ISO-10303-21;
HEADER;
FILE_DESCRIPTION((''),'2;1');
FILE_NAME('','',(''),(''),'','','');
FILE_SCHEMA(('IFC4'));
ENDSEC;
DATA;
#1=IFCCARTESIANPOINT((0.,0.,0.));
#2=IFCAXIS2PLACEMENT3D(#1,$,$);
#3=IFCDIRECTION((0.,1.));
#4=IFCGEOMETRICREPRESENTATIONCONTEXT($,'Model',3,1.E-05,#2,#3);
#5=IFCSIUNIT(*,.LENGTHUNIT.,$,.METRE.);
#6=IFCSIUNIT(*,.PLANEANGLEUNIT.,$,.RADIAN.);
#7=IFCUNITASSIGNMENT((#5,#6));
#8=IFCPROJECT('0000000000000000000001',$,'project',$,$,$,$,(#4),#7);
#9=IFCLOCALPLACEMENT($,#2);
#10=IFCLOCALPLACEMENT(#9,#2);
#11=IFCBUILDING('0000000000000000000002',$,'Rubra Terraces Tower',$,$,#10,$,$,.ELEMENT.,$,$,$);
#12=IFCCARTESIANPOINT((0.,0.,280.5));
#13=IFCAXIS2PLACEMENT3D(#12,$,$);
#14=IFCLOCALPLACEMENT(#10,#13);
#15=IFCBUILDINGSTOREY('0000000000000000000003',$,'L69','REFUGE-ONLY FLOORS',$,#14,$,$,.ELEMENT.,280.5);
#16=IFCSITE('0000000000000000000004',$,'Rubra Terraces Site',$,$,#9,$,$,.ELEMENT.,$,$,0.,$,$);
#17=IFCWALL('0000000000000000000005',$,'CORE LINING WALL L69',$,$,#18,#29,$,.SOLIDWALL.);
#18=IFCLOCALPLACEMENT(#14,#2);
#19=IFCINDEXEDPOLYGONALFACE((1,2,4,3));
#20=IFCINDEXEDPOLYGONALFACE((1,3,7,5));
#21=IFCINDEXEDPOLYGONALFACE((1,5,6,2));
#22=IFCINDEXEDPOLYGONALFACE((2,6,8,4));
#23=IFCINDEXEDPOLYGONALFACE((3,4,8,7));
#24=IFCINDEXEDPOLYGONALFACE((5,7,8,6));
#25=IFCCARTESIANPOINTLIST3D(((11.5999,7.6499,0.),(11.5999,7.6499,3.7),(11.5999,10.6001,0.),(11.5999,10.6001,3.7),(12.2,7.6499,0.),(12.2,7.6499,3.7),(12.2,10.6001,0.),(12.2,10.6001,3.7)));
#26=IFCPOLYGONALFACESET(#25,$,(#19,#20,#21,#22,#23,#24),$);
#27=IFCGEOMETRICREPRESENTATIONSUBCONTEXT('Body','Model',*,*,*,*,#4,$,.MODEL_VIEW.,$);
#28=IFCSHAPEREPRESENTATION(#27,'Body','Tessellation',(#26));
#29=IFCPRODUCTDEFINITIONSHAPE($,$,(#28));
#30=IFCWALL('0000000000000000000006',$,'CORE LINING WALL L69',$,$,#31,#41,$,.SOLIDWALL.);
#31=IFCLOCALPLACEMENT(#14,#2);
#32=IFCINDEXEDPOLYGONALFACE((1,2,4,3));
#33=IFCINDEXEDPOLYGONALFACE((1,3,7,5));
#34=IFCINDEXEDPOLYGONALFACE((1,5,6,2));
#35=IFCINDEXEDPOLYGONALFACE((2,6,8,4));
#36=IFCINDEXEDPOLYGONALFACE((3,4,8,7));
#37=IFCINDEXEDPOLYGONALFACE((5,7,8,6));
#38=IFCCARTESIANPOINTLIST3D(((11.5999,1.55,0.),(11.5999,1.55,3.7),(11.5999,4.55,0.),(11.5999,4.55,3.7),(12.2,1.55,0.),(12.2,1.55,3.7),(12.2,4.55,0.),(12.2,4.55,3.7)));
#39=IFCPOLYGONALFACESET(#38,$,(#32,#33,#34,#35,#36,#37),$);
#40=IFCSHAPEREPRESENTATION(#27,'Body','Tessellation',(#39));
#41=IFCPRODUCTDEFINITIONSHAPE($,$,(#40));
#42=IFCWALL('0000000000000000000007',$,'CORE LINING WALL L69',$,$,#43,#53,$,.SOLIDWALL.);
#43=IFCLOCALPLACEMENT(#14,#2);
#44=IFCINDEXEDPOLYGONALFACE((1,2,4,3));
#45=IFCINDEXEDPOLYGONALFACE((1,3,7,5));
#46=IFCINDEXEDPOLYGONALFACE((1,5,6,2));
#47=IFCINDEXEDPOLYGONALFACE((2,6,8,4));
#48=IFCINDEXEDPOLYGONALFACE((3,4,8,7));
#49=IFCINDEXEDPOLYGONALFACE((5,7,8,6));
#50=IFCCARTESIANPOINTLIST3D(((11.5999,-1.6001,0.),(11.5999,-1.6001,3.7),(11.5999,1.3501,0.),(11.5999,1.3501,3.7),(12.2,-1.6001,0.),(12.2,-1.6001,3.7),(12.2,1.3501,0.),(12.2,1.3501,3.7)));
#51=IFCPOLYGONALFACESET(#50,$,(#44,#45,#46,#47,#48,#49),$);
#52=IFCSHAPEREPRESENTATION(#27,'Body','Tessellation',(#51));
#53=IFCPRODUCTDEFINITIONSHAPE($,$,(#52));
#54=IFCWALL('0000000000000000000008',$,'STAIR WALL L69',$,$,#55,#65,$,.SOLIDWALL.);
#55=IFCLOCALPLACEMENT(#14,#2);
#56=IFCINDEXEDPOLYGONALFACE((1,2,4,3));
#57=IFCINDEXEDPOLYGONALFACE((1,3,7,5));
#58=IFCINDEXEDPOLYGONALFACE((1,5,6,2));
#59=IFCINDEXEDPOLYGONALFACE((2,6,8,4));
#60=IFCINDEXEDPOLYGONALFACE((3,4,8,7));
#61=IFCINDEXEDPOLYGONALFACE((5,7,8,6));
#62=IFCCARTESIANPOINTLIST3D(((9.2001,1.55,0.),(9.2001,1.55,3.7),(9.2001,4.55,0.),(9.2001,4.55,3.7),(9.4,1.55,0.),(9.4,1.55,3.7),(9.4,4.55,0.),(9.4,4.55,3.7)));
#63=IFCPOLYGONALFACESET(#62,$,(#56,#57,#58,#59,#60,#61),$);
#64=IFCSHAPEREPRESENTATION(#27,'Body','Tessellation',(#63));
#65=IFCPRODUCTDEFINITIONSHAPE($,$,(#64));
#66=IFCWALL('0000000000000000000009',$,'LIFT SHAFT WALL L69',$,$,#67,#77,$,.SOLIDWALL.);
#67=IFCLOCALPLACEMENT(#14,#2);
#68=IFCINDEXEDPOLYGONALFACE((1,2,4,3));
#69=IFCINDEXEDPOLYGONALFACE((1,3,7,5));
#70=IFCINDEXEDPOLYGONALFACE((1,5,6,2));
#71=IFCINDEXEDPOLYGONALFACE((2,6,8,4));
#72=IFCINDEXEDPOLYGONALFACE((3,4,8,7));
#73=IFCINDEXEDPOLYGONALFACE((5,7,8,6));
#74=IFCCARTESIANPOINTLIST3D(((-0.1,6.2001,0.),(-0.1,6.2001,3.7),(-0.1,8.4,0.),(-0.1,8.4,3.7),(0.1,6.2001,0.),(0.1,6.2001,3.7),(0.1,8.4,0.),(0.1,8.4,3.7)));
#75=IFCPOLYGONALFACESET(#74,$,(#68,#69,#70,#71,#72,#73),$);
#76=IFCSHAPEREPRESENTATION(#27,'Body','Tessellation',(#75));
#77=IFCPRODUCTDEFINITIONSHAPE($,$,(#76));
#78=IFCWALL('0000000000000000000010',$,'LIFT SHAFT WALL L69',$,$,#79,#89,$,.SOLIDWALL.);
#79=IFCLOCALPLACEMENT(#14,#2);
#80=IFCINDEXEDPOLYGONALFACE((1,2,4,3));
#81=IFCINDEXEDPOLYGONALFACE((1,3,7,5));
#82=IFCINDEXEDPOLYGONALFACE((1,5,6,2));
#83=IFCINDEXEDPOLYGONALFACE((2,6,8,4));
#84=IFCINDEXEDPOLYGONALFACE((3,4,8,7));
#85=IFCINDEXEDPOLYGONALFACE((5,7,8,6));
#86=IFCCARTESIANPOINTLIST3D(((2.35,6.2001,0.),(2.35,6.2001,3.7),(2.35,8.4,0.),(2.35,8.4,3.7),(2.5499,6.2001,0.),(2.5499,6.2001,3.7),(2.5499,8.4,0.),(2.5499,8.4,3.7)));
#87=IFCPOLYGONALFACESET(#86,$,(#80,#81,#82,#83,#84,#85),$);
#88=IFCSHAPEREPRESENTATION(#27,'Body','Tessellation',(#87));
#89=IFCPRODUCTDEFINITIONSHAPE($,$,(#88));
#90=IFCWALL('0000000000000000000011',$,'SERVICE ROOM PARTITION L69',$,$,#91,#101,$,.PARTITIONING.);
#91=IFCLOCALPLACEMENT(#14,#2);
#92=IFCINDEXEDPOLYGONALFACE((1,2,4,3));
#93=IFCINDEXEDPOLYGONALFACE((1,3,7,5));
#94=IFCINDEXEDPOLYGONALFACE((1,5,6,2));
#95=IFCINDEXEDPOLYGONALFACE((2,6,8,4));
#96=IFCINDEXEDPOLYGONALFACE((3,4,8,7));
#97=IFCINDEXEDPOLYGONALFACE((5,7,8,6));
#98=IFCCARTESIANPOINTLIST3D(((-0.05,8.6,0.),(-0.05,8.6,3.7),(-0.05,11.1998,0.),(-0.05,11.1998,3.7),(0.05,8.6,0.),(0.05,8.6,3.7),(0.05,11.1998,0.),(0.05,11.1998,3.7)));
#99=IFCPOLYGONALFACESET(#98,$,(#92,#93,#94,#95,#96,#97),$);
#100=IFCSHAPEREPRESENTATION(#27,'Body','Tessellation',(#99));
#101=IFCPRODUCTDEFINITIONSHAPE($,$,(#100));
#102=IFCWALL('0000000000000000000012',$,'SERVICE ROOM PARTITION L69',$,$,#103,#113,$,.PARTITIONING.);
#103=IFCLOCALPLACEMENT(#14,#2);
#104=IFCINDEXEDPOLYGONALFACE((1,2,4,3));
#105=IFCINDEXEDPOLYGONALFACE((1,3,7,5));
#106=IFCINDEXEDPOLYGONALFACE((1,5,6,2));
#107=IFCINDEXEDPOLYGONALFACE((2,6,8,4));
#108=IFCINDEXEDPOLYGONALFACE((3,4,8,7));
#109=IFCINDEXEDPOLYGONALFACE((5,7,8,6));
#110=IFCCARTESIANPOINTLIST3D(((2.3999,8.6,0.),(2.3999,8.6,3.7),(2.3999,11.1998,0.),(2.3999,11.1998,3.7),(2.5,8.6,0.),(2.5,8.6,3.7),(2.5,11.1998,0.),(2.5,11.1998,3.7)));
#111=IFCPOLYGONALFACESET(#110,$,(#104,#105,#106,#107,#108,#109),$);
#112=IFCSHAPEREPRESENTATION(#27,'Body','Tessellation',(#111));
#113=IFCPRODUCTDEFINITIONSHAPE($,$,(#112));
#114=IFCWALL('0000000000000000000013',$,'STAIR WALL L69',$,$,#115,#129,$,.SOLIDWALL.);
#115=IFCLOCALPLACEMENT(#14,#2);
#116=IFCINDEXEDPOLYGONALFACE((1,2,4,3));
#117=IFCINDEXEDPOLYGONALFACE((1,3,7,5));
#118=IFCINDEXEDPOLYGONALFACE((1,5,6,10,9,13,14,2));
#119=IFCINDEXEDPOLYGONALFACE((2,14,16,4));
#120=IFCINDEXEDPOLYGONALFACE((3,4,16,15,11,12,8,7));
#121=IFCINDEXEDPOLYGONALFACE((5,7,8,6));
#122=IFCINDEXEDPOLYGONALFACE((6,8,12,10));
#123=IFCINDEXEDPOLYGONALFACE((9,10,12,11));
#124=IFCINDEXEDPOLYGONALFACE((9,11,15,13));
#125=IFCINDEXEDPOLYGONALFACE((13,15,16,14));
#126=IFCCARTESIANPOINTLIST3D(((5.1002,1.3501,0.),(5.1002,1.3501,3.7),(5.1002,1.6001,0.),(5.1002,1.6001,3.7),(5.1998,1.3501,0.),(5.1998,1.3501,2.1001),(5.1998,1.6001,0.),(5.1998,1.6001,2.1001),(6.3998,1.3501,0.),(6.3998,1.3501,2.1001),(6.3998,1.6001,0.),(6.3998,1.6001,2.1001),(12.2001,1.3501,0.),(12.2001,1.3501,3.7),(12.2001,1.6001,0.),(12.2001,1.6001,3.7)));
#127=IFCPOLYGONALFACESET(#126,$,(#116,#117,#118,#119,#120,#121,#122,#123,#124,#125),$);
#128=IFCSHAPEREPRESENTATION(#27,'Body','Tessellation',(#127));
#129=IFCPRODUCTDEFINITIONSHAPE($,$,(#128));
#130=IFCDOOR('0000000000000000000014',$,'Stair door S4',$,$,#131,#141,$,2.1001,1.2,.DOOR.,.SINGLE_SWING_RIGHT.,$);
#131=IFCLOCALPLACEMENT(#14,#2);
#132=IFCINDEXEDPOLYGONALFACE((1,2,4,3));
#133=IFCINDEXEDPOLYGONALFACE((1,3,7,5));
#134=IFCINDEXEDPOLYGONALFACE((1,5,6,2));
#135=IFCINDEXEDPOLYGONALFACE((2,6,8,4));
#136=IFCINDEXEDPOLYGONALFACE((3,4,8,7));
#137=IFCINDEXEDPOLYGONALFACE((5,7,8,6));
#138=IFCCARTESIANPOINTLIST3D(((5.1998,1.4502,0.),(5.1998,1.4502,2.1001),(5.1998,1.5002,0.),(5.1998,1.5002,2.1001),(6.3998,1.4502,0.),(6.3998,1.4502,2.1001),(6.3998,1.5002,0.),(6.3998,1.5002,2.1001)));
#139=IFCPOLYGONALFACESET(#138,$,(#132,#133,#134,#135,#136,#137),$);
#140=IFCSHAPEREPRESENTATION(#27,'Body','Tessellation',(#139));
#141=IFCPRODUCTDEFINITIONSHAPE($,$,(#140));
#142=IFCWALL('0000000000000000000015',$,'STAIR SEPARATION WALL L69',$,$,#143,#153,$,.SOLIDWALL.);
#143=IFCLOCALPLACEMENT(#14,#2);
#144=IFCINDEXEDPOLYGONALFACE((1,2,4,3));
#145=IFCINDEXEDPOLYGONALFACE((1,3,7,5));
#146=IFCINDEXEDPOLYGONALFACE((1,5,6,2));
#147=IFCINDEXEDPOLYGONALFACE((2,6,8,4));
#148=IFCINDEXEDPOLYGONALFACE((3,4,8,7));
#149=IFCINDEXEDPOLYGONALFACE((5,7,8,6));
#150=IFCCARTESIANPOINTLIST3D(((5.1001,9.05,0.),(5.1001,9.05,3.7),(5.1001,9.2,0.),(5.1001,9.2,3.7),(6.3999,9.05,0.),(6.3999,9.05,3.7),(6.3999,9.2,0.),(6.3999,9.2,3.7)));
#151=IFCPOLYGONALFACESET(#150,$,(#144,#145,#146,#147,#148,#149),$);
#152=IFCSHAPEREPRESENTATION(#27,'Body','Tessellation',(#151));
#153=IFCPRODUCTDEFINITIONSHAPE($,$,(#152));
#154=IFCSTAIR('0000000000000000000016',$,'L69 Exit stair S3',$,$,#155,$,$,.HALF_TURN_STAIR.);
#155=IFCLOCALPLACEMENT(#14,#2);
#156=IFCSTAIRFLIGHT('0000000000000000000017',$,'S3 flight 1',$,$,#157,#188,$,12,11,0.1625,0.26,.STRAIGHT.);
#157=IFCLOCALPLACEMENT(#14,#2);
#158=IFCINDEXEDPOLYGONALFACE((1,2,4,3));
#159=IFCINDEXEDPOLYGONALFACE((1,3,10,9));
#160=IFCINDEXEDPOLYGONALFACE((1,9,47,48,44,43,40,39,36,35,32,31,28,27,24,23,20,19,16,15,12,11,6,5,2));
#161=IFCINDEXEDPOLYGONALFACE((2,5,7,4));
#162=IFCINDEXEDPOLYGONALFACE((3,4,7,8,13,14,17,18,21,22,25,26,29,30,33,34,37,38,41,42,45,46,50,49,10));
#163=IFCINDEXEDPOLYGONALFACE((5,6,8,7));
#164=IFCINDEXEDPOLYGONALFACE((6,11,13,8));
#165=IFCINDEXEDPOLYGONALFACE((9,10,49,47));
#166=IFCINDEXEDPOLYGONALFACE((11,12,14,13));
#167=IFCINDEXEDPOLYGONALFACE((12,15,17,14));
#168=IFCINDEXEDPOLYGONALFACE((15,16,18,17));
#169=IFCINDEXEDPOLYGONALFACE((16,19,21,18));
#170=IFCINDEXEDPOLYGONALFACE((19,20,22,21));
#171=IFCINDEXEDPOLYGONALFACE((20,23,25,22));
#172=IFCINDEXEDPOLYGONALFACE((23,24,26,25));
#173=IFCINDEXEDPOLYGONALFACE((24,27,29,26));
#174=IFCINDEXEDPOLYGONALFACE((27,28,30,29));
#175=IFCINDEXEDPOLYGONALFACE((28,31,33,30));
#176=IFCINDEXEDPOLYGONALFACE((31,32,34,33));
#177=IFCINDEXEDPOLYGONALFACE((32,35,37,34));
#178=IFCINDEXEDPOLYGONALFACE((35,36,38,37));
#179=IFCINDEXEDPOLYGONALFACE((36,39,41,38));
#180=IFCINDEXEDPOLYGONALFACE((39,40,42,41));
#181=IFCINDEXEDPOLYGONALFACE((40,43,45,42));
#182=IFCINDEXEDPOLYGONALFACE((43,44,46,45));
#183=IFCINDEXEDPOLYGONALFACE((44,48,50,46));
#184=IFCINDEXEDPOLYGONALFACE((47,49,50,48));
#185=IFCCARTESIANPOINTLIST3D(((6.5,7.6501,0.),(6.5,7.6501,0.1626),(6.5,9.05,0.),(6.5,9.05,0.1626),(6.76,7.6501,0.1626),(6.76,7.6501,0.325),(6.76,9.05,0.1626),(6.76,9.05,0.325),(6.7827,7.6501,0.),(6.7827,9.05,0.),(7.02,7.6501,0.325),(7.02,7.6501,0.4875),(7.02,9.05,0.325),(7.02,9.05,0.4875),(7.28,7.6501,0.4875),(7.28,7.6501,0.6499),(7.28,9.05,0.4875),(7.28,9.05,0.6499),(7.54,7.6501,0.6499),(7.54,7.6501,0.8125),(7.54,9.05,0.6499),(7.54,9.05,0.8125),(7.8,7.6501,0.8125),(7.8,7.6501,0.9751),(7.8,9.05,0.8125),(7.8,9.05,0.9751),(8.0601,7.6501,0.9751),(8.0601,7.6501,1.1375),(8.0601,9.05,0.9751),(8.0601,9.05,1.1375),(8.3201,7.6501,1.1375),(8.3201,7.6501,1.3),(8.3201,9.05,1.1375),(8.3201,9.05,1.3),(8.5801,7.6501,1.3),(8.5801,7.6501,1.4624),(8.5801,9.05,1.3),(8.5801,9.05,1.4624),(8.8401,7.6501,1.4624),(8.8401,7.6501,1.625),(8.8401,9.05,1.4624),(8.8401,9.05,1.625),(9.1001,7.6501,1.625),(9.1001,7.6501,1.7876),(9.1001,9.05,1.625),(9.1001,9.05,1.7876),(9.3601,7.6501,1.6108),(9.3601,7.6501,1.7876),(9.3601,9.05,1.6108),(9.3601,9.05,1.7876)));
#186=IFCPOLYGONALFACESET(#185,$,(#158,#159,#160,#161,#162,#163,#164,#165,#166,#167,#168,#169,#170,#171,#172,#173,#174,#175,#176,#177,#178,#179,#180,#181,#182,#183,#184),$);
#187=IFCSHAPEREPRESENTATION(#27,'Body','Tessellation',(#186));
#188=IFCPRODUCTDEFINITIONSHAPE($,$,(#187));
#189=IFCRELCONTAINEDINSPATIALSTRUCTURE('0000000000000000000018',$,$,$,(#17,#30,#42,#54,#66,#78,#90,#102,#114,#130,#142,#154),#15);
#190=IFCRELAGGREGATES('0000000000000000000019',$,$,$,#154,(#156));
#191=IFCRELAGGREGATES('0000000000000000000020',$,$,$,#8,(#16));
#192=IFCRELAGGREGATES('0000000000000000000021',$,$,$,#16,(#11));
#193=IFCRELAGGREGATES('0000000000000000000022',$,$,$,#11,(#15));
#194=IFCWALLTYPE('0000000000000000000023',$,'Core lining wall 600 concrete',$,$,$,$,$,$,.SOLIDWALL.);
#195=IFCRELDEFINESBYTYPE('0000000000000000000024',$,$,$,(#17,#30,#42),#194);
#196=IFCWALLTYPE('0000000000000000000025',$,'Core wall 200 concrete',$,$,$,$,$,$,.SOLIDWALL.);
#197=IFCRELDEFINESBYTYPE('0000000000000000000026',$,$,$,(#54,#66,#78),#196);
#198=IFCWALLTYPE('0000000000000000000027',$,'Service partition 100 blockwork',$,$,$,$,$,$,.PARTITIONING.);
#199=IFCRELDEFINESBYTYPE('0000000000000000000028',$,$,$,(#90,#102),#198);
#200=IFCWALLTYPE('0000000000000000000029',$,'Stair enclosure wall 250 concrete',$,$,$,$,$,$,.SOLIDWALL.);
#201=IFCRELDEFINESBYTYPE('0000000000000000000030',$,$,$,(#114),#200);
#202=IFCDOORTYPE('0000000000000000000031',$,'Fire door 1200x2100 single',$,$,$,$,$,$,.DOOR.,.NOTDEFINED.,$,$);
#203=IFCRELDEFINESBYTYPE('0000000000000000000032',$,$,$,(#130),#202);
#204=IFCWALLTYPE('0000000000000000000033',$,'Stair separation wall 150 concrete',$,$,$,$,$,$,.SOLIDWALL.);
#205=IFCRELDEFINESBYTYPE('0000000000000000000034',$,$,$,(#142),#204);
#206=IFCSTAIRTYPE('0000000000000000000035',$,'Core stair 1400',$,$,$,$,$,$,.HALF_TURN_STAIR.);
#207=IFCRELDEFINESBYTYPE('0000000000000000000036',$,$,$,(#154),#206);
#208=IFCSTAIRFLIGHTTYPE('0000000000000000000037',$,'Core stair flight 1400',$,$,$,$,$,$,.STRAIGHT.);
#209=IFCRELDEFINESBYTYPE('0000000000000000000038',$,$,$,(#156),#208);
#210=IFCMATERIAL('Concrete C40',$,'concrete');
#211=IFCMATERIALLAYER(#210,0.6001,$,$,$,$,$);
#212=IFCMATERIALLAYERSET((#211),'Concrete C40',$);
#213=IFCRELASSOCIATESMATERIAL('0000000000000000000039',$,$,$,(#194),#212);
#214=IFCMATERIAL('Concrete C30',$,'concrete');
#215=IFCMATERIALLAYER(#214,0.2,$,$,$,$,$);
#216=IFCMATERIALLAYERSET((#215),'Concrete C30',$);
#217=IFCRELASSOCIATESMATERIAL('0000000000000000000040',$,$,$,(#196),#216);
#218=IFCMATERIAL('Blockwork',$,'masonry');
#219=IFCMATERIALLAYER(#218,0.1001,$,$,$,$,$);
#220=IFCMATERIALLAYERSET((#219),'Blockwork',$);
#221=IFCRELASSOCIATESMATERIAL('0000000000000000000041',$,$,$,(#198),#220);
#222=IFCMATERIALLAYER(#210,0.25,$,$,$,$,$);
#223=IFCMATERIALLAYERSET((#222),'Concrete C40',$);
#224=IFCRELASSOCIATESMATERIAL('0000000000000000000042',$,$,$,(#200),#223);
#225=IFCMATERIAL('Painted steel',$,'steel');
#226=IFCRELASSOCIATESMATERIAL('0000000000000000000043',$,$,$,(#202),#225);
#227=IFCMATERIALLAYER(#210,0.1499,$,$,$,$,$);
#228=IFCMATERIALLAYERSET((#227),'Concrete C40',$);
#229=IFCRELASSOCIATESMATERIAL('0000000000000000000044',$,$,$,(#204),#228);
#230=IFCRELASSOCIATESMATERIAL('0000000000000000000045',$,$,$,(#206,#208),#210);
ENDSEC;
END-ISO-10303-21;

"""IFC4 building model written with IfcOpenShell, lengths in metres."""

from ifc_helpers import new_model, si_unit, direction, frame, frame_2d, origin, place, context, subcontext, project, spatial, polyline, rectangle, outline, extrude, material, layer, layer_set, type_object, element, fill, aggregate, save


model = new_model("IFC4")

# Units and contexts
model_context = context("Model", 3, precision=1e-05, world=origin(), true_north=direction((0.0, 1.0)))
body_context = subcontext(model_context, "Body", "Model", "MODEL_VIEW")
ifc_project = project(units=[si_unit("LENGTHUNIT", "METRE"), si_unit("PLANEANGLEUNIT", "RADIAN")], contexts=[model_context])

# Site, building, storey
site_placement = place(None, origin())
site = spatial("IfcSite", under=ifc_project, at=site_placement, Name="Rubra Terraces Site", CompositionType="ELEMENT", RefElevation=0.0)
building_placement = place(site_placement, origin())
building = spatial("IfcBuilding", under=site, at=building_placement, Name="Rubra Terraces Tower", CompositionType="ELEMENT")
storey_placement = place(building_placement, frame((0.0, 0.0, 280.5)))
storey = spatial("IfcBuildingStorey", under=building, at=storey_placement, Name="L69", Description="REFUGE-ONLY FLOORS", CompositionType="ELEMENT", Elevation=280.5)

# Walls
ifc_material_1 = material(Name="Concrete C40", Category="concrete")
ifc_layer_1 = layer(ifc_material_1, 0.6001)
ifc_layer_set_1 = layer_set([ifc_layer_1], Name="Concrete C40")
wall_type_1 = type_object("IfcWallType", Name="Core lining wall 600 concrete", PredefinedType="SOLIDWALL", material=ifc_layer_set_1)
wall_1_placement = place(storey_placement, frame((11.8999, 10.6001, 0.0), z_axis=(0.0, 0.0, 1.0), x_axis=(0.0, -1.0, 0.0)))
element("IfcWall", 1, at=wall_1_placement, inside=storey, type_object=wall_type_1, Name="CORE LINING WALL L69", PredefinedType="SOLIDWALL", context=body_context, shape_type="SweptSolid", body=[
    extrude(rectangle(XDim=2.9502, YDim=0.6001, at=frame_2d((1.4751, 0.0))), origin(), (0.0, 0.0, 1.0), 3.7),
])
wall_2_placement = place(storey_placement, frame((11.8999, 4.55, 0.0), z_axis=(0.0, 0.0, 1.0), x_axis=(0.0, -1.0, 0.0)))
element("IfcWall", 2, at=wall_2_placement, inside=storey, type_object=wall_type_1, Name="CORE LINING WALL L69", PredefinedType="SOLIDWALL", context=body_context, shape_type="SweptSolid", body=[
    extrude(rectangle(XDim=3.0, YDim=0.6001, at=frame_2d((1.5, 0.0))), origin(), (0.0, 0.0, 1.0), 3.7),
])
wall_3_placement = place(storey_placement, frame((11.8999, 1.3501, 0.0), z_axis=(0.0, 0.0, 1.0), x_axis=(0.0, -1.0, 0.0)))
element("IfcWall", 3, at=wall_3_placement, inside=storey, type_object=wall_type_1, Name="CORE LINING WALL L69", PredefinedType="SOLIDWALL", context=body_context, shape_type="SweptSolid", body=[
    extrude(rectangle(XDim=2.9502, YDim=0.6001, at=frame_2d((1.4751, 0.0))), origin(), (0.0, 0.0, 1.0), 3.7),
])
ifc_material_2 = material(Name="Concrete C30", Category="concrete")
ifc_layer_2 = layer(ifc_material_2, 0.2)
ifc_layer_set_2 = layer_set([ifc_layer_2], Name="Concrete C30")
wall_type_2 = type_object("IfcWallType", Name="Core wall 200 concrete", PredefinedType="SOLIDWALL", material=ifc_layer_set_2)
wall_4_placement = place(storey_placement, frame((9.3, 4.55, 0.0), z_axis=(0.0, 0.0, 1.0), x_axis=(0.0, -1.0, 0.0)))
element("IfcWall", 4, at=wall_4_placement, inside=storey, type_object=wall_type_2, Name="STAIR WALL L69", PredefinedType="SOLIDWALL", context=body_context, shape_type="SweptSolid", body=[
    extrude(rectangle(XDim=3.0, YDim=0.2, at=frame_2d((1.5, 0.0))), origin(), (0.0, 0.0, 1.0), 3.7),
])
for number, where, z_axis, x_axis, name in (
    (5, (0.0, 6.2, 0.0), (0.0, 0.0, 1.0), (0.0, 1.0, 0.0), "LIFT SHAFT WALL L69"),
    (6, (2.45, 6.2, 0.0), (0.0, 0.0, 1.0), (0.0, 1.0, 0.0), "LIFT SHAFT WALL L69"),
):
    element("IfcWall", number, at=place(storey_placement, frame(where, z_axis=z_axis, x_axis=x_axis)), inside=storey, type_object=wall_type_2, Name=name, PredefinedType="SOLIDWALL", context=body_context, shape_type="SweptSolid", body=[
        extrude(rectangle(XDim=2.2, YDim=0.2, at=frame_2d((1.1001, 0.0))), origin(), (0.0, 0.0, 1.0), 3.7),
    ])
ifc_material_3 = material(Name="Blockwork", Category="masonry")
ifc_layer_3 = layer(ifc_material_3, 0.1001)
ifc_layer_set_3 = layer_set([ifc_layer_3], Name="Blockwork")
wall_type_3 = type_object("IfcWallType", Name="Service partition 100 blockwork", PredefinedType="PARTITIONING", material=ifc_layer_set_3)
for number, where, z_axis, x_axis, name in (
    (7, (0.0, 8.6001, 0.0), (0.0, 0.0, 1.0), (0.0, 1.0, 0.0), "SERVICE ROOM PARTITION L69"),
    (8, (2.45, 8.6001, 0.0), (0.0, 0.0, 1.0), (0.0, 1.0, 0.0), "SERVICE ROOM PARTITION L69"),
):
    element("IfcWall", number, at=place(storey_placement, frame(where, z_axis=z_axis, x_axis=x_axis)), inside=storey, type_object=wall_type_3, Name=name, PredefinedType="PARTITIONING", context=body_context, shape_type="SweptSolid", body=[
        extrude(rectangle(XDim=2.5999, YDim=0.1001, at=frame_2d((1.2998, 0.0))), origin(), (0.0, 0.0, 1.0), 3.7),
    ])

# Wall, opening, door
ifc_layer_4 = layer(ifc_material_1, 0.25)
ifc_layer_set_4 = layer_set([ifc_layer_4], Name="Concrete C40")
wall_type_4 = type_object("IfcWallType", Name="Stair enclosure wall 250 concrete", PredefinedType="SOLIDWALL", material=ifc_layer_set_4)
wall_5_placement = place(storey_placement, frame((12.2, 1.4751, 0.0), z_axis=(0.0, 0.0, 1.0), x_axis=(-1.0, 0.0, 0.0)))
wall_5 = element("IfcWall", 9, at=wall_5_placement, inside=storey, type_object=wall_type_4, Name="STAIR WALL L69", PredefinedType="SOLIDWALL", context=body_context, shape_type="SweptSolid", body=[
    extrude(rectangle(XDim=7.0999, YDim=0.25, at=frame_2d((3.5498, 0.0))), origin(), (0.0, 0.0, 1.0), 3.7),
])
opening_placement = place(wall_5_placement, frame((5.8, 0.0, 0.0)))
opening = element("IfcOpeningElement", 10, at=opening_placement, cuts=wall_5, PredefinedType="OPENING", context=body_context, shape_type="SweptSolid", body=[
    extrude(rectangle(XDim=1.2, YDim=2.1001, at=frame_2d((0.6001, 1.05))), frame((0.0, 0.135, 0.0), z_axis=(0.0, -1.0, 0.0), x_axis=(1.0, 0.0, 0.0)), (0.0, 0.0, 1.0), 0.27),
])
ifc_material_4 = material(Name="Painted steel", Category="steel")
door_type = type_object("IfcDoorType", Name="Fire door 1200x2100 single", OperationType="NOTDEFINED", PredefinedType="DOOR", material=ifc_material_4)
door_placement = place(opening_placement, origin())
door = element("IfcDoor", 11, at=door_placement, inside=storey, type_object=door_type, Name="Stair door S4", OperationType="SINGLE_SWING_RIGHT", OverallHeight=2.1001, OverallWidth=1.2, PredefinedType="DOOR", context=body_context, shape_type="SweptSolid", body=[
    extrude(rectangle(XDim=1.2, YDim=2.1001, at=frame_2d((0.6001, 1.05))), frame((0.0, 0.0249, 0.0), z_axis=(0.0, -1.0, 0.0), x_axis=(1.0, 0.0, 0.0)), (0.0, 0.0, 1.0), 0.05),
])
fill(opening, door)

# Wall
ifc_layer_5 = layer(ifc_material_1, 0.1499)
ifc_layer_set_5 = layer_set([ifc_layer_5], Name="Concrete C40")
wall_type_5 = type_object("IfcWallType", Name="Stair separation wall 150 concrete", PredefinedType="SOLIDWALL", material=ifc_layer_set_5)
wall_6_placement = place(storey_placement, frame((6.3999, 9.125, 0.0), z_axis=(0.0, 0.0, 1.0), x_axis=(-1.0, 0.0, 0.0)))
element("IfcWall", 12, at=wall_6_placement, inside=storey, type_object=wall_type_5, Name="STAIR SEPARATION WALL L69", PredefinedType="SOLIDWALL", context=body_context, shape_type="SweptSolid", body=[
    extrude(rectangle(XDim=1.2998, YDim=0.1499, at=frame_2d((0.6499, 0.0))), origin(), (0.0, 0.0, 1.0), 3.7),
])

# Stair, stair flight
stair_type = type_object("IfcStairType", Name="Core stair 1400", PredefinedType="HALF_TURN_STAIR", material=ifc_material_1)
stair_1_placement = place(storey_placement, origin())
stair_1 = element("IfcStair", 13, at=stair_1_placement, inside=storey, type_object=stair_type, Name="L69 Exit stair S3", PredefinedType="HALF_TURN_STAIR")
stair_flight_type = type_object("IfcStairFlightType", Name="Core stair flight 1400", PredefinedType="STRAIGHT", material=ifc_material_1)
stair_flight_1_placement = place(storey_placement, frame((6.5, 8.3501, 0.0), z_axis=(0.0, 0.0, 1.0), x_axis=(1.0, 0.0, 0.0)))
stair_flight_1 = element("IfcStairFlight", 14, at=stair_flight_1_placement, type_object=stair_flight_type, Name="S3 flight 1", NumberOfRisers=12, NumberOfTreads=11, PredefinedType="STRAIGHT", RiserHeight=0.1625, TreadLength=0.26, context=body_context, shape_type="SweptSolid", body=[
    extrude(outline(polyline([(0.0, 0.0), (0.0, 0.1626), (0.26, 0.1626), (0.26, 0.325), (0.52, 0.325), (0.52, 0.4875), (0.78, 0.4875), (0.78, 0.6499), (1.04, 0.6499), (1.04, 0.8125), (1.3, 0.8125), (1.3, 0.9751), (1.5601, 0.9751), (1.5601, 1.1375), (1.8201, 1.1375), (1.8201, 1.3), (2.0801, 1.3), (2.0801, 1.4624), (2.3401, 1.4624), (2.3401, 1.625), (2.6001, 1.625), (2.6001, 1.7876), (2.8601, 1.7876), (2.8601, 1.95), (2.8601, 1.6108), (0.2827, 0.0), (0.0, 0.0)])), frame((0.0, 0.7, 0.0), z_axis=(0.0, -1.0, 0.0), x_axis=(1.0, 0.0, 0.0)), (0.0, 0.0, 1.0), 1.3999),
])
aggregate(stair_1, [stair_flight_1])

save(model, "model.ifc")
